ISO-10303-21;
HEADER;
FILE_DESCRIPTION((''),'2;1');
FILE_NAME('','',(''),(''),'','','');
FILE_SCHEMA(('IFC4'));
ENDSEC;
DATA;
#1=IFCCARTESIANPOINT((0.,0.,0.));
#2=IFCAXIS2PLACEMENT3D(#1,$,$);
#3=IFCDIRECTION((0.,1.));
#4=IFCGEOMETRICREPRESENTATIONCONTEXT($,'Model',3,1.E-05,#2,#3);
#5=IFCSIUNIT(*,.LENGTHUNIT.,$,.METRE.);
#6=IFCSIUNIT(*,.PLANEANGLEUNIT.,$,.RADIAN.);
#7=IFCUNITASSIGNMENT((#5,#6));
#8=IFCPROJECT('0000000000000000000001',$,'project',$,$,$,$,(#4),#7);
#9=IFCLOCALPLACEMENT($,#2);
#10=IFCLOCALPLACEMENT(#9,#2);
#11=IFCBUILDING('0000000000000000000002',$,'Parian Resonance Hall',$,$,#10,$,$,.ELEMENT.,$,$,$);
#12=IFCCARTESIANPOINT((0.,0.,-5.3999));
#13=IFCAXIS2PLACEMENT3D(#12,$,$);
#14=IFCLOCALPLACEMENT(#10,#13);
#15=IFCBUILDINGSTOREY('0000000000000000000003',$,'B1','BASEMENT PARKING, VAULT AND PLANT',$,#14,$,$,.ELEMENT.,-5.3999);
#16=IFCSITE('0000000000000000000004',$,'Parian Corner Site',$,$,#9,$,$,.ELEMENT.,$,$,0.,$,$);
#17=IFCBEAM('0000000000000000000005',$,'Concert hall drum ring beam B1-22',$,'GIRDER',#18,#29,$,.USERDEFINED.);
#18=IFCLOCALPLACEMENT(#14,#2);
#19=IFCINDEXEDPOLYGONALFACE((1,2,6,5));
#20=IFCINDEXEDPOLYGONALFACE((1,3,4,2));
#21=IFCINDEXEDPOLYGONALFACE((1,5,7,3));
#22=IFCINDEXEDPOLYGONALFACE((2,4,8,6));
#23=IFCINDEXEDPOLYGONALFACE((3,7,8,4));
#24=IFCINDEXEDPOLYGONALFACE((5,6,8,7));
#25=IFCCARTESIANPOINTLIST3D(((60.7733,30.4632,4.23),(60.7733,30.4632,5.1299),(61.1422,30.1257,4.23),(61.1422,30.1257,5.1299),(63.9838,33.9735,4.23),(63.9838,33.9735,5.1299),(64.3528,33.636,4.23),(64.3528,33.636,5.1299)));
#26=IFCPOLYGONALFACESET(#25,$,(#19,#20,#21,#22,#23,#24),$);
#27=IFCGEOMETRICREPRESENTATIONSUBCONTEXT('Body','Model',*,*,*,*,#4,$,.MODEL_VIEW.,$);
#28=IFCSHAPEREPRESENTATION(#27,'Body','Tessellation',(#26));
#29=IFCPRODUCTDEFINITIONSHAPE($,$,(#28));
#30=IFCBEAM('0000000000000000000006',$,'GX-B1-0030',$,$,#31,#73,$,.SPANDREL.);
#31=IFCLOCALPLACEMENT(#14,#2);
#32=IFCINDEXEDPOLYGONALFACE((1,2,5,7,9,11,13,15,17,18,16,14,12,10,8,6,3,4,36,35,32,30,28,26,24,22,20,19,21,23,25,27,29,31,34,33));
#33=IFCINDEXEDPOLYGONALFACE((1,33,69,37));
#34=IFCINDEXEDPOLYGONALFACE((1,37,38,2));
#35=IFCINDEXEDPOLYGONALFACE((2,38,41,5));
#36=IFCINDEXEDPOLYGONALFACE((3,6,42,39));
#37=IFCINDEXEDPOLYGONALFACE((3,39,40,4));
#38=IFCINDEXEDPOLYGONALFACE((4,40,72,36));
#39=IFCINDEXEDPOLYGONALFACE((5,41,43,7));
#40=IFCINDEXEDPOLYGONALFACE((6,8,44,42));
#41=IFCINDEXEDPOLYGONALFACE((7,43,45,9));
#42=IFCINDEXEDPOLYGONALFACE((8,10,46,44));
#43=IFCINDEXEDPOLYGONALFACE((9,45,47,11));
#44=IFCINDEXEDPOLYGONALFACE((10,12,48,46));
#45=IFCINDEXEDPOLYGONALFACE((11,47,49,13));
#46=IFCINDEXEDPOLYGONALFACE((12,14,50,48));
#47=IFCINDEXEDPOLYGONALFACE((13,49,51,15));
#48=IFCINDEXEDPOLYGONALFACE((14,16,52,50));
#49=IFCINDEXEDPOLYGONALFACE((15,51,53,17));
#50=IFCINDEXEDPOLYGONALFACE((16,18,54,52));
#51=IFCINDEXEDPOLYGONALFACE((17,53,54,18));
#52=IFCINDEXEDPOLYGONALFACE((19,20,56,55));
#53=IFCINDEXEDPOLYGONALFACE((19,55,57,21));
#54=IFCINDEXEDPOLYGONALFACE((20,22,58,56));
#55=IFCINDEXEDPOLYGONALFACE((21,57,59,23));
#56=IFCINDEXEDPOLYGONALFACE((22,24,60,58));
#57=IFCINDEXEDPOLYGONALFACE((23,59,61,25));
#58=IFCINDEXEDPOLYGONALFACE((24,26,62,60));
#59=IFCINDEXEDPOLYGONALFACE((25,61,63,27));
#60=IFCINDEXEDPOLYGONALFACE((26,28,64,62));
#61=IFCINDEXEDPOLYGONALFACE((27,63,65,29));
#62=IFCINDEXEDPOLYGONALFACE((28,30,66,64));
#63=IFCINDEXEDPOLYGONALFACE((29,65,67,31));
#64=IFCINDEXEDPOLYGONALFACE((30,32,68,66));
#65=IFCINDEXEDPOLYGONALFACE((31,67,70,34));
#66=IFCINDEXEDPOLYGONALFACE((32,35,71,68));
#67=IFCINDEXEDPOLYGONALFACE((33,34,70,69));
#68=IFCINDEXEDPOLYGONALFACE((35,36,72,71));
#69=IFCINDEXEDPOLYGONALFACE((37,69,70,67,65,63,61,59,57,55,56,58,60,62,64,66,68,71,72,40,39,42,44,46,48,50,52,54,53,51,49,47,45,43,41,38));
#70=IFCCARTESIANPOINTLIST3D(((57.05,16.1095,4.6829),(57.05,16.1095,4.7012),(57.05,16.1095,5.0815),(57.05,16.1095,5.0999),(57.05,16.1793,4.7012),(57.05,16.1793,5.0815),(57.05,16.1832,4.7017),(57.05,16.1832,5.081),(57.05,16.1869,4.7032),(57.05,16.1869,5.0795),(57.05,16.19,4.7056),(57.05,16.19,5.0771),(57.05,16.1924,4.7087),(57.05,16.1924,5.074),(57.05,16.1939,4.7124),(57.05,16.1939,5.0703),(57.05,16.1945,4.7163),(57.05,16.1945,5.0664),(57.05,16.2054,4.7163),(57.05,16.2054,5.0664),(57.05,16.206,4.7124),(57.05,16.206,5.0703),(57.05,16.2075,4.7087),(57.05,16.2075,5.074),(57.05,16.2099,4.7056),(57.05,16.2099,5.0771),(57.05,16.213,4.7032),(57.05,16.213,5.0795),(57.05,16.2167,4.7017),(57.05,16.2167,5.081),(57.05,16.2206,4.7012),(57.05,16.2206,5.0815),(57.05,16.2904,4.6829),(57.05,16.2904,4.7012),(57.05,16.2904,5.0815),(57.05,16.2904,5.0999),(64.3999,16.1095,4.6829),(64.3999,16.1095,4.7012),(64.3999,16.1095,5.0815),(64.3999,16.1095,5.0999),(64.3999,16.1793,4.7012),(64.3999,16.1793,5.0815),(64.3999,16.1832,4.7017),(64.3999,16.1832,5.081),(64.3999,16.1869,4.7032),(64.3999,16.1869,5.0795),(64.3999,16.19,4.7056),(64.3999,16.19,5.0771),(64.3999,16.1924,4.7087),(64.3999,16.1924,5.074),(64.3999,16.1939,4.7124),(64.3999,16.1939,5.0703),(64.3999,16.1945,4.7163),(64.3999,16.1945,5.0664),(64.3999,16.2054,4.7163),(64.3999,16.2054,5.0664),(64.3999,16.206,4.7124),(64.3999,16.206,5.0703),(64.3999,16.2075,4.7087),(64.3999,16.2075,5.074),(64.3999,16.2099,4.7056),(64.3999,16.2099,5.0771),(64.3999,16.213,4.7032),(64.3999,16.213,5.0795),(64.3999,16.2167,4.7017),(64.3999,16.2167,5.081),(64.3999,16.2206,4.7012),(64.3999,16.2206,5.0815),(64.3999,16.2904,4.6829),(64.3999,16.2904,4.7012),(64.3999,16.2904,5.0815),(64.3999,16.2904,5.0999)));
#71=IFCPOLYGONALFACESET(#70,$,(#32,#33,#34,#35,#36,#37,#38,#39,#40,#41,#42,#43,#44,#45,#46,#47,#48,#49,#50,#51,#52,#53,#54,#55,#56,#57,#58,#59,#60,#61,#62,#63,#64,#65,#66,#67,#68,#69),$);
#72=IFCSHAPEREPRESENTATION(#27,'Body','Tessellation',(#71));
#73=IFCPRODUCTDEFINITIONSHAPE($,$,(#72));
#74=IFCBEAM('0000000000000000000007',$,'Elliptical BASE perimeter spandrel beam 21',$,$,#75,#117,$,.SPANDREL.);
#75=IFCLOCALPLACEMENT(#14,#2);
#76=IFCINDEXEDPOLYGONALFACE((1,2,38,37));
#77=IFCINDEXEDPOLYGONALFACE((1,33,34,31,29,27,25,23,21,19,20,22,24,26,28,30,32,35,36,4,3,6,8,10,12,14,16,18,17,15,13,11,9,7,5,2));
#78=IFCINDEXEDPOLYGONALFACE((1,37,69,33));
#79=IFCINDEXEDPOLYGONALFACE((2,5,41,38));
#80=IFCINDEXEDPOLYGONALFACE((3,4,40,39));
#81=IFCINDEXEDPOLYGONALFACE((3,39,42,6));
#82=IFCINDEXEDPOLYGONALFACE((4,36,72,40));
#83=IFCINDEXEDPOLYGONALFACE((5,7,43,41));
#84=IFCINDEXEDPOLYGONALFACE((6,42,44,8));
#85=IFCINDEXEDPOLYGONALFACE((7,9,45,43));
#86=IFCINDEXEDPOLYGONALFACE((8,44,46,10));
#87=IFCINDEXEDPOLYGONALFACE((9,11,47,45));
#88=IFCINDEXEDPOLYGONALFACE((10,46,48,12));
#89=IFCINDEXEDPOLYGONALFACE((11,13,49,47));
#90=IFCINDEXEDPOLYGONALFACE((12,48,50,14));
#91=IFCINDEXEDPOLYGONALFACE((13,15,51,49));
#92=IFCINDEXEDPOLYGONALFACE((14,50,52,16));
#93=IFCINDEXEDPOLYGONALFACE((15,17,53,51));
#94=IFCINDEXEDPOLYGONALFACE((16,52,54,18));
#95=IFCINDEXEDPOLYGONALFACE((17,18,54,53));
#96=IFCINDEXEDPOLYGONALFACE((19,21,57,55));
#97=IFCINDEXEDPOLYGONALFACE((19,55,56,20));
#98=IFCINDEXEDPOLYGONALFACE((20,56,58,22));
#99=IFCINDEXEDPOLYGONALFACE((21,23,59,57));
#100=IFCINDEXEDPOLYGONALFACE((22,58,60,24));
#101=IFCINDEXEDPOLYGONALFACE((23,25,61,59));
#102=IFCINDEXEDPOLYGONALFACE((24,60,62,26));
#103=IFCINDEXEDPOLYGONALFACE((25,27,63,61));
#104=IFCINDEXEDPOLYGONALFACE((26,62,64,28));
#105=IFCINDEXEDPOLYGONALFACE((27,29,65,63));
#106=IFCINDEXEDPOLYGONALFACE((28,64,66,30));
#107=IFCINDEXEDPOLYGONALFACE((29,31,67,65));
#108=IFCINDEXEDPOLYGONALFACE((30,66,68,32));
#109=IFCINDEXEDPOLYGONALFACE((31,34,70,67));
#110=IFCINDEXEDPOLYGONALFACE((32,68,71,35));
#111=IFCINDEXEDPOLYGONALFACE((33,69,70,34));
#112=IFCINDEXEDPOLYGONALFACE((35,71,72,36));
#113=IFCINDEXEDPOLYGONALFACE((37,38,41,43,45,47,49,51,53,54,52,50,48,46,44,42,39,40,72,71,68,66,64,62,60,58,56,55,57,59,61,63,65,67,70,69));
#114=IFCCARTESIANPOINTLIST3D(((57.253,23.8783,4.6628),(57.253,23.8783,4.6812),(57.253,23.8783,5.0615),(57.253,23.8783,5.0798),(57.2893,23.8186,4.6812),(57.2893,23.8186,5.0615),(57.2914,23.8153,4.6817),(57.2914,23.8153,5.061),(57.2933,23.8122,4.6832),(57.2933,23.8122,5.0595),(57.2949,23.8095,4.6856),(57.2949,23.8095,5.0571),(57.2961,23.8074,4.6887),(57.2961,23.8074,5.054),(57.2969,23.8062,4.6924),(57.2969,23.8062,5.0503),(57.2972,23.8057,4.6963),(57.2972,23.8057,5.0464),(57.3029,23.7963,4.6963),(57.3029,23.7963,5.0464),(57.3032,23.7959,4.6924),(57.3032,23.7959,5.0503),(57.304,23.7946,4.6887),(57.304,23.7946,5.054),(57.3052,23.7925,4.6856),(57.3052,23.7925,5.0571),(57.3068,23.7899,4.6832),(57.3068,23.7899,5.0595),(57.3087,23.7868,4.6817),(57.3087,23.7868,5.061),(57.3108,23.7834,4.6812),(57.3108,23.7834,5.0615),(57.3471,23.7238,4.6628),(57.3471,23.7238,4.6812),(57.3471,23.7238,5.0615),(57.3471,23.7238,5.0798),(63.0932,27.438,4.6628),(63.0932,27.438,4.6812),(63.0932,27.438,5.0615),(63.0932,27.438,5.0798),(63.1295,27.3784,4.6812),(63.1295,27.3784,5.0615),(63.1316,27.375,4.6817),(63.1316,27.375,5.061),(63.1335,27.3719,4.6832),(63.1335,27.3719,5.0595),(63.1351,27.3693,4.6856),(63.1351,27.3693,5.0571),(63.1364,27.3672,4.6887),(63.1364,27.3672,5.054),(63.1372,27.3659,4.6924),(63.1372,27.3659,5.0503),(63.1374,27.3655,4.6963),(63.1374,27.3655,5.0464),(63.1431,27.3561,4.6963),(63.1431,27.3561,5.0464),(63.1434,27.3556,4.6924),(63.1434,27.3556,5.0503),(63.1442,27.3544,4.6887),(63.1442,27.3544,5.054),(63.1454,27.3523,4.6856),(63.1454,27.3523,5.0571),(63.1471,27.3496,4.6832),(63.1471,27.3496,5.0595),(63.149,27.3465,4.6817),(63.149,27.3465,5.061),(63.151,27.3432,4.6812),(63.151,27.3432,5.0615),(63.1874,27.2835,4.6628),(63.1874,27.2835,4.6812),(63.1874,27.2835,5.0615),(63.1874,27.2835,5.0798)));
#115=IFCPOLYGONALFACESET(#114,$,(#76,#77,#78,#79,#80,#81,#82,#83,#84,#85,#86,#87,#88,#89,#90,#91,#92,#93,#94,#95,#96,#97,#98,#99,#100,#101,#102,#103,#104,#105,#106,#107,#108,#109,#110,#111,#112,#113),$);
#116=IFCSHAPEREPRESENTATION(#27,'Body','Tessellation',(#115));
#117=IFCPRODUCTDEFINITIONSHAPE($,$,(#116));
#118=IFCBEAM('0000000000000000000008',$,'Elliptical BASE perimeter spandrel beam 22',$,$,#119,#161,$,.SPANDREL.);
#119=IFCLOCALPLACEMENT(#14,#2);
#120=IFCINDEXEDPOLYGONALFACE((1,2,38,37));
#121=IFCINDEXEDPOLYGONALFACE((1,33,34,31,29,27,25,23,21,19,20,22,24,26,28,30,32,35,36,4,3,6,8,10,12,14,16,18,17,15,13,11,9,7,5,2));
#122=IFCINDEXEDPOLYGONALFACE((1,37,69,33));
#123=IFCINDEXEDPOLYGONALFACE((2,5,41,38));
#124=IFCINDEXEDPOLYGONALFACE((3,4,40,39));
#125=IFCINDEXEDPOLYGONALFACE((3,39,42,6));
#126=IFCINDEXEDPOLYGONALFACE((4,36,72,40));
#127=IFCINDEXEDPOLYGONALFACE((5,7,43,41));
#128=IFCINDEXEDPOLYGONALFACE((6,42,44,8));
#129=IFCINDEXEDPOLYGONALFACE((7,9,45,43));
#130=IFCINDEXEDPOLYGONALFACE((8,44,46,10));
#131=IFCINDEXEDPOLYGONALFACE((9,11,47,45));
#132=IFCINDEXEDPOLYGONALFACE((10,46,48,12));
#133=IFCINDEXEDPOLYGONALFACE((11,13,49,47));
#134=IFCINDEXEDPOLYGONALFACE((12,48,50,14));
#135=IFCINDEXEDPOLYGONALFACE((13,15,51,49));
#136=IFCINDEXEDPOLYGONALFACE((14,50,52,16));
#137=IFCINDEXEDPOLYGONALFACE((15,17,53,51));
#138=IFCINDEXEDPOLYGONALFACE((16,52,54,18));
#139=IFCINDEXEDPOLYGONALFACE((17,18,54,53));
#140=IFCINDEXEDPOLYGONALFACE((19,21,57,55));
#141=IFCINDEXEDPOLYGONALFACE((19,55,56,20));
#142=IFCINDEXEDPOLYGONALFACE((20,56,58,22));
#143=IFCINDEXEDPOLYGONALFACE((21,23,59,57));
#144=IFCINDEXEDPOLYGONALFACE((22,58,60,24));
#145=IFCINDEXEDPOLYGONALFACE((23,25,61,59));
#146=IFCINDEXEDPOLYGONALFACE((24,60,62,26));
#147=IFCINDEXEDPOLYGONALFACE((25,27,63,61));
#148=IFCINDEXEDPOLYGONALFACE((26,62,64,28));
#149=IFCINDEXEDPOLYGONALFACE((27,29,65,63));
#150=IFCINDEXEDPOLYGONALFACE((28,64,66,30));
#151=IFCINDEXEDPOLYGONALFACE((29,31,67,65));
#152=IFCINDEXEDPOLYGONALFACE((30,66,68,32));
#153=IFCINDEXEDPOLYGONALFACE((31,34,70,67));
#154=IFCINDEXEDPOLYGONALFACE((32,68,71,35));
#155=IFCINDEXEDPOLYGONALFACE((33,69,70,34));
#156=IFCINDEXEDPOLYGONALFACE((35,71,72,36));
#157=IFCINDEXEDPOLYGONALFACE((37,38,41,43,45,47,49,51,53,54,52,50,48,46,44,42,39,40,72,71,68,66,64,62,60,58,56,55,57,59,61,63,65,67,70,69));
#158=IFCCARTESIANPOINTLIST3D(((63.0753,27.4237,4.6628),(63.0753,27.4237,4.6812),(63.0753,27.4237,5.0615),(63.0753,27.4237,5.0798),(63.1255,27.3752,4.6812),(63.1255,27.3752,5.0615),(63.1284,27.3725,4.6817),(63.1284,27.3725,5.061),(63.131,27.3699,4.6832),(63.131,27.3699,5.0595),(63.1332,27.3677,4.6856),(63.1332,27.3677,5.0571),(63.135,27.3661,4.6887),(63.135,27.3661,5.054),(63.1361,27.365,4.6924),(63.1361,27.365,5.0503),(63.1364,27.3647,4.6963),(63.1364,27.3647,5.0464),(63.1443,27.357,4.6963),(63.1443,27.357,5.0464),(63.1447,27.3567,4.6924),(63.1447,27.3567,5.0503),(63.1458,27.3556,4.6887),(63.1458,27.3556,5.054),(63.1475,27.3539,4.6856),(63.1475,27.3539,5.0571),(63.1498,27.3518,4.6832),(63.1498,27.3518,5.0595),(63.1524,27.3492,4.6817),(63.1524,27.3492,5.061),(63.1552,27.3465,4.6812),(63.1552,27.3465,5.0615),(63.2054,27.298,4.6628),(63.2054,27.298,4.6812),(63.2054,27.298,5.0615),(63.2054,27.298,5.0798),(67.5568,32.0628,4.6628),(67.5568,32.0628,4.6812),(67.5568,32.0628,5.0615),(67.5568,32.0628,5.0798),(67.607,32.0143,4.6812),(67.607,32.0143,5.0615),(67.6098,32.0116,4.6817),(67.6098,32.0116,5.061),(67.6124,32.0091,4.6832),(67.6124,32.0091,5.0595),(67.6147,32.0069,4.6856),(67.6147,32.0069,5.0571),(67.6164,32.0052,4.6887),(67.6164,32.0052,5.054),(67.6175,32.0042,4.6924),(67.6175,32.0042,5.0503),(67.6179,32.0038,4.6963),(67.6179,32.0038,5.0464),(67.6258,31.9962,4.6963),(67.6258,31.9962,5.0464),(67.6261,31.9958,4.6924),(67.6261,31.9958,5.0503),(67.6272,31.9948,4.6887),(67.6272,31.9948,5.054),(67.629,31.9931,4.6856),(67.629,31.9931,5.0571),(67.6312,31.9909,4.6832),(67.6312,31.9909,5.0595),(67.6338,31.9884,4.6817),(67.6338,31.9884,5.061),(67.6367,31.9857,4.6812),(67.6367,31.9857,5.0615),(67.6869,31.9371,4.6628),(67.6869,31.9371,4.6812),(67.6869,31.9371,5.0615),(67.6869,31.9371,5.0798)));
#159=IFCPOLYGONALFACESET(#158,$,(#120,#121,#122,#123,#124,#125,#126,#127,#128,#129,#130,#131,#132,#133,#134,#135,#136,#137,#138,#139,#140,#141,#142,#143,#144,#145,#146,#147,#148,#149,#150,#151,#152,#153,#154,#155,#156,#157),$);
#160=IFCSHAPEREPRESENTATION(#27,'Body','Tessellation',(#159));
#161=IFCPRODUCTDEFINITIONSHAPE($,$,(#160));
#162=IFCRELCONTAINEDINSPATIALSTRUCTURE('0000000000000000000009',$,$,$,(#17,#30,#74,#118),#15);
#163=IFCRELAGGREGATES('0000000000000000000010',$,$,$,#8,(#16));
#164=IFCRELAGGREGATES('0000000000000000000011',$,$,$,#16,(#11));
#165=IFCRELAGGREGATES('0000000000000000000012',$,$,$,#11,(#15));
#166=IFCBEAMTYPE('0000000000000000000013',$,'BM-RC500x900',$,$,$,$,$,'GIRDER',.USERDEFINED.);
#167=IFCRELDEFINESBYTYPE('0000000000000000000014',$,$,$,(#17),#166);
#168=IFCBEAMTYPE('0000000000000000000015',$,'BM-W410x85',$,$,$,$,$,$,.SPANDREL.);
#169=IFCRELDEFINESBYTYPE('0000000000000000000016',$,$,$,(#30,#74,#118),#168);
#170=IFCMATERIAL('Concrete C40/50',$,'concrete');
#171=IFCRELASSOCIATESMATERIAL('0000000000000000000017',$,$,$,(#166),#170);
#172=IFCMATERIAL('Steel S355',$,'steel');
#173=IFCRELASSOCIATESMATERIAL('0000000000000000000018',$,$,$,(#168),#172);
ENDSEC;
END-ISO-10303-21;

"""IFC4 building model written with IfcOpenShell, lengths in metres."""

from ifc_helpers import new_model, si_unit, direction, frame, origin, origin_2d, place, context, subcontext, project, spatial, rectangle, i_section, extrude, material, material_profile, profile_set, type_object, element, save


model = new_model("IFC4")

# Units and contexts
model_context = context("Model", 3, precision=1e-05, world=origin(), true_north=direction((0.0, 1.0)))
body_context = subcontext(model_context, "Body", "Model", "MODEL_VIEW")
ifc_project = project(units=[si_unit("LENGTHUNIT", "METRE"), si_unit("PLANEANGLEUNIT", "RADIAN")], contexts=[model_context])

# Site, building, storey
site_placement = place(None, origin())
site = spatial("IfcSite", under=ifc_project, at=site_placement, Name="Parian Corner Site", CompositionType="ELEMENT", RefElevation=0.0)
building_placement = place(site_placement, origin())
building = spatial("IfcBuilding", under=site, at=building_placement, Name="Parian Resonance Hall", CompositionType="ELEMENT")
storey_placement = place(building_placement, frame((0.0, 0.0, -5.3999)))
storey = spatial("IfcBuildingStorey", under=building, at=storey_placement, Name="B1", Description="BASEMENT PARKING, VAULT AND PLANT", CompositionType="ELEMENT", Elevation=-5.3999)

# Beams
ifc_material_1 = material(Name="Concrete C40/50", Category="concrete")
ifc_material_profile_1 = material_profile(ifc_material_1, rectangle(XDim=0.5, YDim=0.8999, at=origin_2d()), Name="RC-BM-500x900")
ifc_profile_set_1 = profile_set([ifc_material_profile_1], Name="Concrete C40/50")
beam_type_1 = type_object("IfcBeamType", Name="BM-RC500x900", ElementType="GIRDER", PredefinedType="USERDEFINED", material=ifc_profile_set_1)
beam_1_placement = place(storey_placement, frame((60.9578, 30.2944, 4.6799), z_axis=(0.674892, 0.737916, 0.0), x_axis=(-0.737916, 0.674892, 0.0)))
element("IfcBeam", 1, at=beam_1_placement, inside=storey, type_object=beam_type_1, Name="Concert hall drum ring beam B1-22", ObjectType="GIRDER", PredefinedType="USERDEFINED", context=body_context, shape_type="SweptSolid", body=[
    extrude(rectangle(XDim=0.5, YDim=0.8999, at=origin_2d()), origin(), (0.0, 0.0, 1.0), 4.7571),
])
ifc_material_2 = material(Name="Steel S355", Category="steel")
ifc_material_profile_2 = material_profile(ifc_material_2, i_section(OverallWidth=0.1809, OverallDepth=0.417, WebThickness=0.011, FlangeThickness=0.0183, FilletRadius=0.0151, at=origin_2d()), Name="W410x85")
ifc_profile_set_2 = profile_set([ifc_material_profile_2], Name="Steel S355")
beam_type_2 = type_object("IfcBeamType", Name="BM-W410x85", PredefinedType="SPANDREL", material=ifc_profile_set_2)
beam_2_placement = place(storey_placement, frame((57.05, 16.2, 4.8914), z_axis=(1.0, 0.0, 0.0), x_axis=(0.0, 1.0, 0.0)))
element("IfcBeam", 2, at=beam_2_placement, inside=storey, type_object=beam_type_2, Name="GX-B1-0030", PredefinedType="SPANDREL", context=body_context, shape_type="SweptSolid", body=[
    extrude(i_section(OverallWidth=0.1809, OverallDepth=0.417, WebThickness=0.011, FlangeThickness=0.0183, FilletRadius=0.0151, at=origin_2d()), origin(), (0.0, 0.0, 1.0), 7.3499),
])
beam_3_placement = place(storey_placement, frame((57.3, 23.801, 4.8713), z_axis=(0.853885, 0.520462, 0.0), x_axis=(-0.520462, 0.853885, 0.0)))
element("IfcBeam", 3, at=beam_3_placement, inside=storey, type_object=beam_type_2, Name="Elliptical BASE perimeter spandrel beam 21", PredefinedType="SPANDREL", context=body_context, shape_type="SweptSolid", body=[
    extrude(i_section(OverallWidth=0.1809, OverallDepth=0.417, WebThickness=0.011, FlangeThickness=0.0183, FilletRadius=0.0151, at=origin_2d()), origin(), (0.0, 0.0, 1.0), 6.8396),
])
beam_4_placement = place(storey_placement, frame((63.1404, 27.3608, 4.8713), z_axis=(0.694776, 0.719227, 0.0), x_axis=(-0.719227, 0.694776, 0.0)))
element("IfcBeam", 4, at=beam_4_placement, inside=storey, type_object=beam_type_2, Name="Elliptical BASE perimeter spandrel beam 22", PredefinedType="SPANDREL", context=body_context, shape_type="SweptSolid", body=[
    extrude(i_section(OverallWidth=0.1809, OverallDepth=0.417, WebThickness=0.011, FlangeThickness=0.0183, FilletRadius=0.0151, at=origin_2d()), origin(), (0.0, 0.0, 1.0), 6.4502),
])

save(model, "model.ifc")
